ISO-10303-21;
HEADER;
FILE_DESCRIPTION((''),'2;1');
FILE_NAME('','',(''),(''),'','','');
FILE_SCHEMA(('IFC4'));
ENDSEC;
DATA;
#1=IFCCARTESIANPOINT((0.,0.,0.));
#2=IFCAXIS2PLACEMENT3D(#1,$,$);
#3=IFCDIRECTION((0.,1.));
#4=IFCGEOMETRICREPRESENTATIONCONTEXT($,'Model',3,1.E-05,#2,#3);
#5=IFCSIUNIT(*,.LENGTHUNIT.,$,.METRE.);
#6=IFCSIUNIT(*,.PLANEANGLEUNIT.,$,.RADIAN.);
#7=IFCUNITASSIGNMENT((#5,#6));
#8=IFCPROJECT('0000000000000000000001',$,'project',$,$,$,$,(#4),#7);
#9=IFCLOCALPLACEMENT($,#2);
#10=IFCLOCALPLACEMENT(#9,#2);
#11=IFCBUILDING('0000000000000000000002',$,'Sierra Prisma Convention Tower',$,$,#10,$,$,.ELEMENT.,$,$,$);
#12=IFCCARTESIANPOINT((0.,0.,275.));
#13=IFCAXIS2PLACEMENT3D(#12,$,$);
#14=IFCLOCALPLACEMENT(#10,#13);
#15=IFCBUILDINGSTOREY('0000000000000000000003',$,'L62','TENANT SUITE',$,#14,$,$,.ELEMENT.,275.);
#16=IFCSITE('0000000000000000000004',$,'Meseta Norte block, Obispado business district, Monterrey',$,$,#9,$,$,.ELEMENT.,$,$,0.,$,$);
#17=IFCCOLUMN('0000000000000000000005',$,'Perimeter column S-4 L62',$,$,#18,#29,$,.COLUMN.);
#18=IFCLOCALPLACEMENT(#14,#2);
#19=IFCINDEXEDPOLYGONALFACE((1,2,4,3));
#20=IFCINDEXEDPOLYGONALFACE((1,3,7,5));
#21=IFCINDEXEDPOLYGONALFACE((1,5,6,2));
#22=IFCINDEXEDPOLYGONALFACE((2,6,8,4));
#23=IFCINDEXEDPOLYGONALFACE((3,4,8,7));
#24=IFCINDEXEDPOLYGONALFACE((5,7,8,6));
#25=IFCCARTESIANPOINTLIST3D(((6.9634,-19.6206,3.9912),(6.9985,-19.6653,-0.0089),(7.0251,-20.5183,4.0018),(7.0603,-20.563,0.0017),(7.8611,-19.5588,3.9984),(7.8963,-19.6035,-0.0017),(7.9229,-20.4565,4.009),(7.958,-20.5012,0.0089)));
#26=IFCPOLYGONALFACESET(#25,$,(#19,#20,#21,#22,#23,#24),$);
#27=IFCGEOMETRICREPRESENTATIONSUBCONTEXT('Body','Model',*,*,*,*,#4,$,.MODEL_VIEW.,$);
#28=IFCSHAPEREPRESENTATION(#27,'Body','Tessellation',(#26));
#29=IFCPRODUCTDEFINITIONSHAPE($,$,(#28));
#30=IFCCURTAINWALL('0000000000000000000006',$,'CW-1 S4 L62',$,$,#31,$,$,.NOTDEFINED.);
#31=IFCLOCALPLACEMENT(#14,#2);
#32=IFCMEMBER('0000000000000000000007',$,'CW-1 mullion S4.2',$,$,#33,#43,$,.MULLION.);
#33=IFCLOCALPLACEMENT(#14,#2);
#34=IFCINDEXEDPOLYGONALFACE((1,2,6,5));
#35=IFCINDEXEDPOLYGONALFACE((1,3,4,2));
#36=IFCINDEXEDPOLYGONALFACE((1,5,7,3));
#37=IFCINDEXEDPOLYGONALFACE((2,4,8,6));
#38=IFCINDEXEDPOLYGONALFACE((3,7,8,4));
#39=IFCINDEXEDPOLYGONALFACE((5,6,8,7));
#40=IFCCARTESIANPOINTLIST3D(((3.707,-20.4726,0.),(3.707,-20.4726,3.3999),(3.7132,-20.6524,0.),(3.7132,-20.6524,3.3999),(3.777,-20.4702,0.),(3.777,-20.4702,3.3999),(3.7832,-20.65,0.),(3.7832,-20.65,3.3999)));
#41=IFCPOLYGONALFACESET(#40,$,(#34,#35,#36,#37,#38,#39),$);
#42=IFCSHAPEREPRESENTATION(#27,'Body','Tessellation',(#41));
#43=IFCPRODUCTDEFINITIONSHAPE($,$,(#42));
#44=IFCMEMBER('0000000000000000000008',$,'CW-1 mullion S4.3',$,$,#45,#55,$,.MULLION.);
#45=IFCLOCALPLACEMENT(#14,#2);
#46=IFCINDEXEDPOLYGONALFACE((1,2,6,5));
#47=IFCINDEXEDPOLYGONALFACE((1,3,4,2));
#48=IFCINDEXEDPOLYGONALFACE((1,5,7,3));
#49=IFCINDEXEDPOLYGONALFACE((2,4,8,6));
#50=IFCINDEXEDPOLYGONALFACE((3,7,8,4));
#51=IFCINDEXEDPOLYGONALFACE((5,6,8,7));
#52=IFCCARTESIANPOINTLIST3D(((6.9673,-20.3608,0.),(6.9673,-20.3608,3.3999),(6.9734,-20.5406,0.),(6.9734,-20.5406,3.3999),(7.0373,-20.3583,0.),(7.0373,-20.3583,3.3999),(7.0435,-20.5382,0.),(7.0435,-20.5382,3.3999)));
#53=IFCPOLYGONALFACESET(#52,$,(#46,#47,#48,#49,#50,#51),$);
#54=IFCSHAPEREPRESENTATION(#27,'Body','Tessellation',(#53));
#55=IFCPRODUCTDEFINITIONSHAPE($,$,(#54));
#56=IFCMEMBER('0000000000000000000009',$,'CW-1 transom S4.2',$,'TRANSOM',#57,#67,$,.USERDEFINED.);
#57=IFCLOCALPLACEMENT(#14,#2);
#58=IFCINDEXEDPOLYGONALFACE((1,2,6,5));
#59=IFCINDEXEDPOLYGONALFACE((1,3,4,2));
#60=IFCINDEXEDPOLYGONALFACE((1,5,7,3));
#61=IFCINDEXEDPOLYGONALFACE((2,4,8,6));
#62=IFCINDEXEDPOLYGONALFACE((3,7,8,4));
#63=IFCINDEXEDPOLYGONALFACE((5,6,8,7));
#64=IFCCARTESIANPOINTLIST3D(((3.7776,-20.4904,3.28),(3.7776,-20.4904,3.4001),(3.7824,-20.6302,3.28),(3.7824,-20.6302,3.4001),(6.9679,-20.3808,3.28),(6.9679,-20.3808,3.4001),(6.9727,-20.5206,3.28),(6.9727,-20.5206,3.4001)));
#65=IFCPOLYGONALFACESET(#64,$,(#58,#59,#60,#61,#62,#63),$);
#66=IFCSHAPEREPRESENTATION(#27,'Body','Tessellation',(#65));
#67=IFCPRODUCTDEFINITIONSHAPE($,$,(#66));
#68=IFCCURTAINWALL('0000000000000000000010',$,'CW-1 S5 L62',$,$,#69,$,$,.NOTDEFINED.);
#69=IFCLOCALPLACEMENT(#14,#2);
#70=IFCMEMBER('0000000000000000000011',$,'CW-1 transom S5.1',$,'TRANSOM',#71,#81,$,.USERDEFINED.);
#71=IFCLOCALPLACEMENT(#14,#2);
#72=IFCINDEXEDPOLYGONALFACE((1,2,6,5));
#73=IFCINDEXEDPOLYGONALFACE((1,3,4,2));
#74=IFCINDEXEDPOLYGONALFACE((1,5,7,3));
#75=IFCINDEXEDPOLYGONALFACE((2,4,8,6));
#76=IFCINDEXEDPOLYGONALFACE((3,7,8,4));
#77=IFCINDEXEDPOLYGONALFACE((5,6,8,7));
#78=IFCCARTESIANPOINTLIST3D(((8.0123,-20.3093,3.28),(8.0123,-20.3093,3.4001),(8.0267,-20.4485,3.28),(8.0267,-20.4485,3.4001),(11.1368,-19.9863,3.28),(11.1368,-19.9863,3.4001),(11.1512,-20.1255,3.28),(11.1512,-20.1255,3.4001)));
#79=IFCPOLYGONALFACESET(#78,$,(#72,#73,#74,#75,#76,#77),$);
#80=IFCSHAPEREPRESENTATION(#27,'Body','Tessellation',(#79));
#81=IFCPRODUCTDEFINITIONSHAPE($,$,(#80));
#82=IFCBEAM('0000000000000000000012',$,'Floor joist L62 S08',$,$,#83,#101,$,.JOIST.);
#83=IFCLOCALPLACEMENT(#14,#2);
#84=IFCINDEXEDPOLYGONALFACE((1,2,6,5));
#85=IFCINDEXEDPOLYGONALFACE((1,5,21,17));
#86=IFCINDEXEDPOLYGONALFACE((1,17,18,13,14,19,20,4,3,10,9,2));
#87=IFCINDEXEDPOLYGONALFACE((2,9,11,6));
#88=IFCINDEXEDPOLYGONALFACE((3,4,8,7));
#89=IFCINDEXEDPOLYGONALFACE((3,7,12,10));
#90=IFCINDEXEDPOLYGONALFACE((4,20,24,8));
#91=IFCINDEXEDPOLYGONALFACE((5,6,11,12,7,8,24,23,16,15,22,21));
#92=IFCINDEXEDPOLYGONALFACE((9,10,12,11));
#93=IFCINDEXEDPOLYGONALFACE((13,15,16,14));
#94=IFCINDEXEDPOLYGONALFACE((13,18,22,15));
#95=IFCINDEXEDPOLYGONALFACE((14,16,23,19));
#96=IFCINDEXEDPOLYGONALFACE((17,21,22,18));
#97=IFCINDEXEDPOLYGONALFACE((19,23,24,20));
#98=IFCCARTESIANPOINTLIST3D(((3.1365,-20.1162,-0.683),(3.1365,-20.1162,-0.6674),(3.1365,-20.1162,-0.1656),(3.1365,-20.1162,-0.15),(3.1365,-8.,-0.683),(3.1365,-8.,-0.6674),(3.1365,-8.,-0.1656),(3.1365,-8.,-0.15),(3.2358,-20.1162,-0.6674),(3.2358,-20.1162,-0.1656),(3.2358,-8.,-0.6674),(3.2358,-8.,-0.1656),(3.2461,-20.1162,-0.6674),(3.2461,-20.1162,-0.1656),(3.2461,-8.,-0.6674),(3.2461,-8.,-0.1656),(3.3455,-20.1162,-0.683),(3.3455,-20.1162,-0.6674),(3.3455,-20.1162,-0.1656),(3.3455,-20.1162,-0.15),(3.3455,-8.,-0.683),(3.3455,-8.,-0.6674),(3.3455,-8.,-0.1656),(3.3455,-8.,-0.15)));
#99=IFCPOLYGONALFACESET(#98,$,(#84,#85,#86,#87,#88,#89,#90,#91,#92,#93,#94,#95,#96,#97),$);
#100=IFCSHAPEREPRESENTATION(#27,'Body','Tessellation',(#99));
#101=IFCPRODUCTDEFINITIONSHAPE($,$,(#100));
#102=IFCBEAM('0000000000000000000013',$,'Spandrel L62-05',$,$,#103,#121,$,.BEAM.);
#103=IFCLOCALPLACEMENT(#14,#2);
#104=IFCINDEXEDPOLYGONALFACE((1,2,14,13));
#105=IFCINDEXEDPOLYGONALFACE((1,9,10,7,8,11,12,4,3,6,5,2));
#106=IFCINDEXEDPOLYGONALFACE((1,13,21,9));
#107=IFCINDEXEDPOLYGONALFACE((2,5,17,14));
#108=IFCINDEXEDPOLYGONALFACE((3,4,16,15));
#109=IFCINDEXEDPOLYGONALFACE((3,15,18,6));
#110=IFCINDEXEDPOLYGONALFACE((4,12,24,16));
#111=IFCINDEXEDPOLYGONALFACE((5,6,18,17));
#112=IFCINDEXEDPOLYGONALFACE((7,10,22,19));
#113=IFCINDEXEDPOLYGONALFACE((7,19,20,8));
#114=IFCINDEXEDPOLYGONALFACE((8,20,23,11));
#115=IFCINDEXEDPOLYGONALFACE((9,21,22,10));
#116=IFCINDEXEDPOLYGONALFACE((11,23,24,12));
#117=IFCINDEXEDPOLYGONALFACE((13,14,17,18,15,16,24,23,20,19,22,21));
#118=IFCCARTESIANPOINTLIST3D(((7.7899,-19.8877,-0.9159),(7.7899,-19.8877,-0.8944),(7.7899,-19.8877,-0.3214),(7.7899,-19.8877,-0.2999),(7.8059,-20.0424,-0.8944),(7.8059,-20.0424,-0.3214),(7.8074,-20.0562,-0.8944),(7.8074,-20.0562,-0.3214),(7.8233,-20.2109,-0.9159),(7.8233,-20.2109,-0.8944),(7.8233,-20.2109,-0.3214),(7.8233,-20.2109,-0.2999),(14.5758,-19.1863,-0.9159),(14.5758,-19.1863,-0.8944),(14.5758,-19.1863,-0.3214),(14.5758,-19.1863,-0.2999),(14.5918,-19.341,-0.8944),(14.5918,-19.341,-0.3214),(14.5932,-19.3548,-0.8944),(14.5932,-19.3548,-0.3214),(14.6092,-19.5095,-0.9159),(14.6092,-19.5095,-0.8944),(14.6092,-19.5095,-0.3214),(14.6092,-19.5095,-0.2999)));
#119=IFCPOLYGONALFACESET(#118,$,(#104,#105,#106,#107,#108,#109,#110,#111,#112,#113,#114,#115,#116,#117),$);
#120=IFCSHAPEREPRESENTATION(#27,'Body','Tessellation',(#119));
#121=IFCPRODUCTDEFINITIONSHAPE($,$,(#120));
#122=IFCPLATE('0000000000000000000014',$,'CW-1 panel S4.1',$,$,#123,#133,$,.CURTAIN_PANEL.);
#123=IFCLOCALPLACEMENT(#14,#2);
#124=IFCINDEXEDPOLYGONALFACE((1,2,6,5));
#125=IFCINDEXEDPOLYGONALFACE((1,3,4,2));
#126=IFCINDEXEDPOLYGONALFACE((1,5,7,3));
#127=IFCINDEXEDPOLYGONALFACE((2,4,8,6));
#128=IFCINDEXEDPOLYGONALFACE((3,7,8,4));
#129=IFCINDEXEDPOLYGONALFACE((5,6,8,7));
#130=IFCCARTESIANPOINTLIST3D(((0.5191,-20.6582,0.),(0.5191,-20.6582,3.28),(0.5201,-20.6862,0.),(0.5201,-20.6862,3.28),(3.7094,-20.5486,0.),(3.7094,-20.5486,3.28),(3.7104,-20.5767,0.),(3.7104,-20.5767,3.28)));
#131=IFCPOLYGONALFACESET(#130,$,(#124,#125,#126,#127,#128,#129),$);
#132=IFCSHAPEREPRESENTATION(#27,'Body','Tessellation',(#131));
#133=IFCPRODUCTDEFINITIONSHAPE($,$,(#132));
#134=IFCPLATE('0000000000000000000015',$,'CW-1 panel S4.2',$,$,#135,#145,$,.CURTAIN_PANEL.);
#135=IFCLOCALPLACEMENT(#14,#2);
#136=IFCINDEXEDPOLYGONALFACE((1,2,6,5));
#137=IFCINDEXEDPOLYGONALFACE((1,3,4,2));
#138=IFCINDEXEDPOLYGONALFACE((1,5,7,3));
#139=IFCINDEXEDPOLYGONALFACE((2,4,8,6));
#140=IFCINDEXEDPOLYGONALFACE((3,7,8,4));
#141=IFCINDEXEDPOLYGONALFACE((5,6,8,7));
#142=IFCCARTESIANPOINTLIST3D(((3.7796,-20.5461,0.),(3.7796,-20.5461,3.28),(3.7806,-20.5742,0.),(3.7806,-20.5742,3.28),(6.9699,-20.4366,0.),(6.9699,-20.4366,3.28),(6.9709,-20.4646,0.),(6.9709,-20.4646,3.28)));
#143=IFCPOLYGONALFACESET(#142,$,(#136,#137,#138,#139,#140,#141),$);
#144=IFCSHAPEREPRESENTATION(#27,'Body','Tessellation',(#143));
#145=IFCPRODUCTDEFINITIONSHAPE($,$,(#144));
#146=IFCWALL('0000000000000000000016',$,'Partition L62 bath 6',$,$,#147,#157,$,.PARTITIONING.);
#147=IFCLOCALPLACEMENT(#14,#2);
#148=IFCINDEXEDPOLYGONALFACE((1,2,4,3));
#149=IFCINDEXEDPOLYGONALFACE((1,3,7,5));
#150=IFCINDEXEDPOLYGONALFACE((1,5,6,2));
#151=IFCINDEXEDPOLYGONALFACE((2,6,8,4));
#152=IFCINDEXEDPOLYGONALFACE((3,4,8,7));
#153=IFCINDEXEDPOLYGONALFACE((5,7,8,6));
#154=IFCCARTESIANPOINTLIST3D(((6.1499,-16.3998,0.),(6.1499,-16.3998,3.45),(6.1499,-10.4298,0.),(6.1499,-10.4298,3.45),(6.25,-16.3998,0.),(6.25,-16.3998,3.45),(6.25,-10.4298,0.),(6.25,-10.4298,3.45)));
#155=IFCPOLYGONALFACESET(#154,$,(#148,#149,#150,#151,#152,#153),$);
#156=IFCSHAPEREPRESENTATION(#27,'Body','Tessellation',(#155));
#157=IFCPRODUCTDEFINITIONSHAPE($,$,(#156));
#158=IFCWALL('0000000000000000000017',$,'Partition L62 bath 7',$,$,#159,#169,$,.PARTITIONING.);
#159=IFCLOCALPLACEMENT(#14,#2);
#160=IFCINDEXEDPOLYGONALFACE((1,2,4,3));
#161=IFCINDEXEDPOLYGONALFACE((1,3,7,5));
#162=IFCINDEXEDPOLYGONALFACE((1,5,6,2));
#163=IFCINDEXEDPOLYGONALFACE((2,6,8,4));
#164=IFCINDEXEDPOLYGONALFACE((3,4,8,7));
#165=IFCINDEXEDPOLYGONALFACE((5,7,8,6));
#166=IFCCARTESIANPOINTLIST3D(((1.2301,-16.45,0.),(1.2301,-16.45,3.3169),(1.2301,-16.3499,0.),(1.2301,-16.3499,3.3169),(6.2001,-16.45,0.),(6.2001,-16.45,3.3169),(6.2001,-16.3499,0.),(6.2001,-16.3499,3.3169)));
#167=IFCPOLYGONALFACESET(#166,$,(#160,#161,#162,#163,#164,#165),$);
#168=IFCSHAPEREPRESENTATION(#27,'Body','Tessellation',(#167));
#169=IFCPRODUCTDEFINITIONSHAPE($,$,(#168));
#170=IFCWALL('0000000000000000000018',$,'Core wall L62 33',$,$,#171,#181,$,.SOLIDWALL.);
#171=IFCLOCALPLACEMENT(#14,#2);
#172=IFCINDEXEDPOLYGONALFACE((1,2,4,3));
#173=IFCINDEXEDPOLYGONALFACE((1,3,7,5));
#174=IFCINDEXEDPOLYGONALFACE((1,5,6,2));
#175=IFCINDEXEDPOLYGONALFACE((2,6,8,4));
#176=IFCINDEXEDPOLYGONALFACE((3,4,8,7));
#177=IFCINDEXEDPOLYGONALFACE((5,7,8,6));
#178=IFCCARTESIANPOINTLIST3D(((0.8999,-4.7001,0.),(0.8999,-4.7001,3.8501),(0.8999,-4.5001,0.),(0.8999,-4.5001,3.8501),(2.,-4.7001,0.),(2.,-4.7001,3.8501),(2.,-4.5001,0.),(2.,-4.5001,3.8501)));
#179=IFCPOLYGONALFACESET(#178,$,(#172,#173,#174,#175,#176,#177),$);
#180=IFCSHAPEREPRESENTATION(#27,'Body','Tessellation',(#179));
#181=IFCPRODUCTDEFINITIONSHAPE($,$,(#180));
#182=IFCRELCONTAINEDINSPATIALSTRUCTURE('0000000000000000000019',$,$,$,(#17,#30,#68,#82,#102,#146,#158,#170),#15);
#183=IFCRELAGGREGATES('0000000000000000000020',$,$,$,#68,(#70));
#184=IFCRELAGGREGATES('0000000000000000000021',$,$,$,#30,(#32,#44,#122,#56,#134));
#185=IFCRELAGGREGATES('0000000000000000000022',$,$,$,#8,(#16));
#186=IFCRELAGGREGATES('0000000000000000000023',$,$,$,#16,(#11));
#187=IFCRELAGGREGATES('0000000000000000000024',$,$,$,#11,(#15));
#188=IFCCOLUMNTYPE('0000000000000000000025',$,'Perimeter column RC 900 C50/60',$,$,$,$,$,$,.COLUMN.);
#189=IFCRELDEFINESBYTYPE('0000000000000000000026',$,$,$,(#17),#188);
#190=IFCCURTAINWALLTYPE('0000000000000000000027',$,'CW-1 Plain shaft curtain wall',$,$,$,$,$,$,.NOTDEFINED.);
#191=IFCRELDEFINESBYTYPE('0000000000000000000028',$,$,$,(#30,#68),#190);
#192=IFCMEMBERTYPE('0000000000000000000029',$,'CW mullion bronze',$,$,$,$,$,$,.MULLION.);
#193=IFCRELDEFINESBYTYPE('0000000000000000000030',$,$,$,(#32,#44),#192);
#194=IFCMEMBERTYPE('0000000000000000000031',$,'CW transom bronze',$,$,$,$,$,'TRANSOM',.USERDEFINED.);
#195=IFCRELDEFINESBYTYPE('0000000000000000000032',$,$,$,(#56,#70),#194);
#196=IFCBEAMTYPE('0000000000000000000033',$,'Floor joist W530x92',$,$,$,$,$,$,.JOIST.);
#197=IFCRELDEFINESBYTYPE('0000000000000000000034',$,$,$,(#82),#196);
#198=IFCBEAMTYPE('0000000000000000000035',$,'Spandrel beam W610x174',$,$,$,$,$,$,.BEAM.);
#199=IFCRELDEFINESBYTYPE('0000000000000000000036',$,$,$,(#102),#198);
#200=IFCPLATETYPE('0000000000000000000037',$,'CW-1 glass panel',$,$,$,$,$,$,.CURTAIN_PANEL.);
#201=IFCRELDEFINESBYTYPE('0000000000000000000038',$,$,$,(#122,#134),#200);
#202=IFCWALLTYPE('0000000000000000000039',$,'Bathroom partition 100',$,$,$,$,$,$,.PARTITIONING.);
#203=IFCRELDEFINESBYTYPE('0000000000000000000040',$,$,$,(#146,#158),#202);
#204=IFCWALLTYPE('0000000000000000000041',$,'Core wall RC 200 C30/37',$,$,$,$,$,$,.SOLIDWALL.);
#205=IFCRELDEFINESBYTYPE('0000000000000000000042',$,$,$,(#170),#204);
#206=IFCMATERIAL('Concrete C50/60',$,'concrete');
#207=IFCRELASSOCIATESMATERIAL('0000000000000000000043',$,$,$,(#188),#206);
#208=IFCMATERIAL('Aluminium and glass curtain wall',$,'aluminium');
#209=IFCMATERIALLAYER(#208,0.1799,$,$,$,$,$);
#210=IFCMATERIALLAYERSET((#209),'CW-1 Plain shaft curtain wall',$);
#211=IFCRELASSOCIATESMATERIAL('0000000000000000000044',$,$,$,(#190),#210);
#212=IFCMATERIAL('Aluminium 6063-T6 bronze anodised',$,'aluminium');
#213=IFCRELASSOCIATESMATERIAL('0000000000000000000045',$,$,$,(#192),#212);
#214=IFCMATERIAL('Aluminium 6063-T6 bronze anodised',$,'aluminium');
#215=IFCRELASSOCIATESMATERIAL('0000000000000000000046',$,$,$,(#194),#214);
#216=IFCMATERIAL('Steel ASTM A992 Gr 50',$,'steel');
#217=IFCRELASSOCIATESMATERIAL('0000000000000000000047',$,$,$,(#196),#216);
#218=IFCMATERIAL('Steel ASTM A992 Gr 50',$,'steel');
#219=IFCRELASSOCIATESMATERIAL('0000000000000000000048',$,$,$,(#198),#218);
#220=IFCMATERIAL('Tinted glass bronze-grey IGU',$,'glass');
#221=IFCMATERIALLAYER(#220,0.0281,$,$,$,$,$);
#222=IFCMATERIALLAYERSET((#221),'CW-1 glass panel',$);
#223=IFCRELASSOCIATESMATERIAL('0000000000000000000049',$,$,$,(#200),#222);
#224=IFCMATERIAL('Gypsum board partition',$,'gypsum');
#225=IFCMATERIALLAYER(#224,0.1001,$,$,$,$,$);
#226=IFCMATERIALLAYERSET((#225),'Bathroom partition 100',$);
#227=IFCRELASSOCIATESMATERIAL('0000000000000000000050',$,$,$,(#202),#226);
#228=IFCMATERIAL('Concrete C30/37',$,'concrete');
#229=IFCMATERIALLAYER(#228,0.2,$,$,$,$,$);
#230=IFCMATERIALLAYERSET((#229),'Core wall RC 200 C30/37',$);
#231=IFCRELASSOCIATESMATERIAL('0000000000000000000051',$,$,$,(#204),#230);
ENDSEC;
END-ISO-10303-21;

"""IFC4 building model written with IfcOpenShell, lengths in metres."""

from ifc_helpers import new_model, si_unit, direction, frame, frame_2d, origin, origin_2d, place, context, subcontext, project, spatial, rectangle, i_section, extrude, material, layer, layer_set, material_profile, profile_set, type_object, element, aggregate, save


model = new_model("IFC4")

# Units and contexts
model_context = context("Model", 3, precision=1e-05, world=origin(), true_north=direction((0.0, 1.0)))
body_context = subcontext(model_context, "Body", "Model", "MODEL_VIEW")
ifc_project = project(units=[si_unit("LENGTHUNIT", "METRE"), si_unit("PLANEANGLEUNIT", "RADIAN")], contexts=[model_context])

# Site, building, storey
site_placement = place(None, origin())
site = spatial("IfcSite", under=ifc_project, at=site_placement, Name="Meseta Norte block, Obispado business district, Monterrey", CompositionType="ELEMENT", RefElevation=0.0)
building_placement = place(site_placement, origin())
building = spatial("IfcBuilding", under=site, at=building_placement, Name="Sierra Prisma Convention Tower", CompositionType="ELEMENT")
storey_placement = place(building_placement, frame((0.0, 0.0, 275.0)))
storey = spatial("IfcBuildingStorey", under=building, at=storey_placement, Name="L62", Description="TENANT SUITE", CompositionType="ELEMENT", Elevation=275.0)

# Column
ifc_material_1 = material(Name="Concrete C50/60", Category="concrete")
ifc_material_profile_1 = material_profile(ifc_material_1, rectangle(XDim=0.8999, YDim=0.8999, at=origin_2d()), Name="Perimeter column RC 900 C50/60")
ifc_profile_set_1 = profile_set([ifc_material_profile_1], Name="Concrete C50/60")
column_type = type_object("IfcColumnType", Name="Perimeter column RC 900 C50/60", PredefinedType="COLUMN", material=ifc_profile_set_1)
column_placement = place(storey_placement, frame((7.4783, -20.0833, 0.0), z_axis=(-0.008788, 0.011168, 0.999899), x_axis=(0.997606, 0.068694, 0.008001)))
element("IfcColumn", 1, at=column_placement, inside=storey, type_object=column_type, Name="Perimeter column S-4 L62", PredefinedType="COLUMN", context=body_context, shape_type="SweptSolid", body=[
    extrude(rectangle(XDim=0.8999, YDim=0.8999, at=origin_2d()), origin(), (0.0, 0.0, 1.0), 4.0005),
])

# Curtain wall, members
ifc_material_2 = material(Name="Aluminium and glass curtain wall", Category="aluminium")
ifc_layer_1 = layer(ifc_material_2, 0.1799)
ifc_layer_set_1 = layer_set([ifc_layer_1], Name="CW-1 Plain shaft curtain wall")
curtain_wall_type = type_object("IfcCurtainWallType", Name="CW-1 Plain shaft curtain wall", PredefinedType="NOTDEFINED", material=ifc_layer_set_1)
curtain_wall_1_placement = place(storey_placement, origin())
curtain_wall_1 = element("IfcCurtainWall", 2, at=curtain_wall_1_placement, inside=storey, type_object=curtain_wall_type, Name="CW-1 S4 L62", PredefinedType="NOTDEFINED")
ifc_material_3 = material(Name="Aluminium 6063-T6 bronze anodised", Category="aluminium")
ifc_material_profile_2 = material_profile(ifc_material_3, rectangle(XDim=0.1799, YDim=0.0701, at=origin_2d()), Name="ALU MULLION 70x180")
ifc_profile_set_2 = profile_set([ifc_material_profile_2], Name="Aluminium 6063-T6 bronze anodised")
member_type_1 = type_object("IfcMemberType", Name="CW mullion bronze", PredefinedType="MULLION", material=ifc_profile_set_2)
member_1_placement = place(storey_placement, frame((3.7451, -20.5613, 0.0), z_axis=(0.0, 0.0, 1.0), x_axis=(-0.03432, 0.999411, 0.0)))
member_1 = element("IfcMember", 3, at=member_1_placement, type_object=member_type_1, Name="CW-1 mullion S4.2", PredefinedType="MULLION", context=body_context, shape_type="SweptSolid", body=[
    extrude(rectangle(XDim=0.1799, YDim=0.0701, at=origin_2d()), origin(), (0.0, 0.0, 1.0), 3.3999),
])
member_2_placement = place(storey_placement, frame((7.0054, -20.4495, 0.0), z_axis=(0.0, 0.0, 1.0), x_axis=(-0.03432, 0.999411, 0.0)))
member_2 = element("IfcMember", 4, at=member_2_placement, type_object=member_type_1, Name="CW-1 mullion S4.3", PredefinedType="MULLION", context=body_context, shape_type="SweptSolid", body=[
    extrude(rectangle(XDim=0.1799, YDim=0.0701, at=origin_2d()), origin(), (0.0, 0.0, 1.0), 3.3999),
])
ifc_material_4 = material(Name="Aluminium 6063-T6 bronze anodised", Category="aluminium")
ifc_material_profile_3 = material_profile(ifc_material_4, rectangle(XDim=0.1399, YDim=0.1201, at=origin_2d()), Name="ALU TRANSOM 120x140")
ifc_profile_set_3 = profile_set([ifc_material_profile_3], Name="Aluminium 6063-T6 bronze anodised")
member_type_2 = type_object("IfcMemberType", Name="CW transom bronze", ElementType="TRANSOM", PredefinedType="USERDEFINED", material=ifc_profile_set_3)
member_3_placement = place(storey_placement, frame((3.78, -20.5603, 3.3401), z_axis=(0.99941, 0.034341, 0.0), x_axis=(-0.034341, 0.99941, 0.0)))
member_3 = element("IfcMember", 5, at=member_3_placement, type_object=member_type_2, Name="CW-1 transom S4.2", ObjectType="TRANSOM", PredefinedType="USERDEFINED", context=body_context, shape_type="SweptSolid", body=[
    extrude(rectangle(XDim=0.1399, YDim=0.1201, at=origin_2d()), origin(), (0.0, 0.0, 1.0), 3.1921),
])

# Curtain wall, member
curtain_wall_2_placement = place(storey_placement, origin())
curtain_wall_2 = element("IfcCurtainWall", 6, at=curtain_wall_2_placement, inside=storey, type_object=curtain_wall_type, Name="CW-1 S5 L62", PredefinedType="NOTDEFINED")
member_4_placement = place(storey_placement, frame((8.0195, -20.3789, 3.3401), z_axis=(0.994699, 0.102828, 0.0), x_axis=(-0.102828, 0.994699, 0.0)))
member_4 = element("IfcMember", 7, at=member_4_placement, type_object=member_type_2, Name="CW-1 transom S5.1", ObjectType="TRANSOM", PredefinedType="USERDEFINED", context=body_context, shape_type="SweptSolid", body=[
    extrude(rectangle(XDim=0.1399, YDim=0.1201, at=origin_2d()), origin(), (0.0, 0.0, 1.0), 3.1411),
])
aggregate(curtain_wall_2, [member_4])

# Beams
ifc_material_5 = material(Name="Steel ASTM A992 Gr 50", Category="steel")
ifc_material_profile_4 = material_profile(ifc_material_5, i_section(OverallWidth=0.209, OverallDepth=0.533, WebThickness=0.0103, FlangeThickness=0.0156, at=origin_2d()), Name="W530x92")
ifc_profile_set_4 = profile_set([ifc_material_profile_4], Name="Steel ASTM A992 Gr 50")
beam_type_1 = type_object("IfcBeamType", Name="Floor joist W530x92", PredefinedType="JOIST", material=ifc_profile_set_4)
beam_1_placement = place(storey_placement, frame((3.241, -20.1162, -0.4165), z_axis=(0.0, 1.0, 0.0), x_axis=(-1.0, 0.0, 0.0)))
element("IfcBeam", 8, at=beam_1_placement, inside=storey, type_object=beam_type_1, Name="Floor joist L62 S08", PredefinedType="JOIST", context=body_context, shape_type="SweptSolid", body=[
    extrude(i_section(OverallWidth=0.209, OverallDepth=0.533, WebThickness=0.0103, FlangeThickness=0.0156, at=origin_2d()), origin(), (0.0, 0.0, 1.0), 12.1162),
])
ifc_material_6 = material(Name="Steel ASTM A992 Gr 50", Category="steel")
ifc_material_profile_5 = material_profile(ifc_material_6, i_section(OverallWidth=0.325, OverallDepth=0.616, WebThickness=0.0139, FlangeThickness=0.0215, at=origin_2d()), Name="W610x174")
ifc_profile_set_5 = profile_set([ifc_material_profile_5], Name="Steel ASTM A992 Gr 50")
beam_type_2 = type_object("IfcBeamType", Name="Spandrel beam W610x174", PredefinedType="BEAM", material=ifc_profile_set_5)
beam_2_placement = place(storey_placement, frame((7.8066, -20.0493, -0.6079), z_axis=(0.9947, 0.102816, 0.0), x_axis=(-0.102816, 0.9947, 0.0)))
element("IfcBeam", 9, at=beam_2_placement, inside=storey, type_object=beam_type_2, Name="Spandrel L62-05", PredefinedType="BEAM", context=body_context, shape_type="SweptSolid", body=[
    extrude(i_section(OverallWidth=0.325, OverallDepth=0.616, WebThickness=0.0139, FlangeThickness=0.0215, at=origin_2d()), origin(), (0.0, 0.0, 1.0), 6.822),
])

# Plates
ifc_material_7 = material(Name="Tinted glass bronze-grey IGU", Category="glass")
ifc_layer_2 = layer(ifc_material_7, 0.0281)
ifc_layer_set_2 = layer_set([ifc_layer_2], Name="CW-1 glass panel")
plate_type = type_object("IfcPlateType", Name="CW-1 glass panel", PredefinedType="CURTAIN_PANEL", material=ifc_layer_set_2)
plate_1_placement = place(storey_placement, frame((2.1147, -20.6174, 0.0), z_axis=(0.0, 0.0, 1.0), x_axis=(0.999411, 0.03432, 0.0)))
plate_1 = element("IfcPlate", 10, at=plate_1_placement, type_object=plate_type, Name="CW-1 panel S4.1", PredefinedType="CURTAIN_PANEL", context=body_context, shape_type="SweptSolid", body=[
    extrude(rectangle(XDim=3.1921, YDim=0.0281, at=origin_2d()), origin(), (0.0, 0.0, 1.0), 3.28),
])
plate_2_placement = place(storey_placement, frame((5.3752, -20.5054, 0.0), z_axis=(0.0, 0.0, 1.0), x_axis=(0.999411, 0.03432, 0.0)))
plate_2 = element("IfcPlate", 11, at=plate_2_placement, type_object=plate_type, Name="CW-1 panel S4.2", PredefinedType="CURTAIN_PANEL", context=body_context, shape_type="SweptSolid", body=[
    extrude(rectangle(XDim=3.1921, YDim=0.0281, at=origin_2d()), origin(), (0.0, 0.0, 1.0), 3.28),
])
aggregate(curtain_wall_1, [member_1, member_2, plate_1, member_3, plate_2])

# Walls
ifc_material_8 = material(Name="Gypsum board partition", Category="gypsum")
ifc_layer_3 = layer(ifc_material_8, 0.1001)
ifc_layer_set_3 = layer_set([ifc_layer_3], Name="Bathroom partition 100")
wall_type_1 = type_object("IfcWallType", Name="Bathroom partition 100", PredefinedType="PARTITIONING", material=ifc_layer_set_3)
wall_1_placement = place(storey_placement, frame((6.2, -10.4299, 0.0), z_axis=(0.0, 0.0, 1.0), x_axis=(0.0, -1.0, 0.0)))
element("IfcWall", 12, at=wall_1_placement, inside=storey, type_object=wall_type_1, Name="Partition L62 bath 6", PredefinedType="PARTITIONING", context=body_context, shape_type="SweptSolid", body=[
    extrude(rectangle(XDim=5.97, YDim=0.1001, at=frame_2d((2.9849, 0.0))), origin(), (0.0, 0.0, 1.0), 3.45),
])
wall_2_placement = place(storey_placement, frame((6.2, -16.3999, 0.0), z_axis=(0.0, 0.0, 1.0), x_axis=(-1.0, 0.0, 0.0)))
element("IfcWall", 13, at=wall_2_placement, inside=storey, type_object=wall_type_1, Name="Partition L62 bath 7", PredefinedType="PARTITIONING", context=body_context, shape_type="SweptSolid", body=[
    extrude(rectangle(XDim=4.97, YDim=0.1001, at=frame_2d((2.4849, 0.0))), origin(), (0.0, 0.0, 1.0), 3.3169),
])
ifc_material_9 = material(Name="Concrete C30/37", Category="concrete")
ifc_layer_4 = layer(ifc_material_9, 0.2)
ifc_layer_set_4 = layer_set([ifc_layer_4], Name="Core wall RC 200 C30/37")
wall_type_2 = type_object("IfcWallType", Name="Core wall RC 200 C30/37", PredefinedType="SOLIDWALL", material=ifc_layer_set_4)
wall_3_placement = place(storey_placement, frame((0.8999, -4.6001, 0.0), z_axis=(0.0, 0.0, 1.0), x_axis=(1.0, 0.0, 0.0)))
element("IfcWall", 14, at=wall_3_placement, inside=storey, type_object=wall_type_2, Name="Core wall L62 33", PredefinedType="SOLIDWALL", context=body_context, shape_type="SweptSolid", body=[
    extrude(rectangle(XDim=1.1001, YDim=0.2, at=frame_2d((0.55, 0.0))), origin(), (0.0, 0.0, 1.0), 3.8501),
])

save(model, "model.ifc")
